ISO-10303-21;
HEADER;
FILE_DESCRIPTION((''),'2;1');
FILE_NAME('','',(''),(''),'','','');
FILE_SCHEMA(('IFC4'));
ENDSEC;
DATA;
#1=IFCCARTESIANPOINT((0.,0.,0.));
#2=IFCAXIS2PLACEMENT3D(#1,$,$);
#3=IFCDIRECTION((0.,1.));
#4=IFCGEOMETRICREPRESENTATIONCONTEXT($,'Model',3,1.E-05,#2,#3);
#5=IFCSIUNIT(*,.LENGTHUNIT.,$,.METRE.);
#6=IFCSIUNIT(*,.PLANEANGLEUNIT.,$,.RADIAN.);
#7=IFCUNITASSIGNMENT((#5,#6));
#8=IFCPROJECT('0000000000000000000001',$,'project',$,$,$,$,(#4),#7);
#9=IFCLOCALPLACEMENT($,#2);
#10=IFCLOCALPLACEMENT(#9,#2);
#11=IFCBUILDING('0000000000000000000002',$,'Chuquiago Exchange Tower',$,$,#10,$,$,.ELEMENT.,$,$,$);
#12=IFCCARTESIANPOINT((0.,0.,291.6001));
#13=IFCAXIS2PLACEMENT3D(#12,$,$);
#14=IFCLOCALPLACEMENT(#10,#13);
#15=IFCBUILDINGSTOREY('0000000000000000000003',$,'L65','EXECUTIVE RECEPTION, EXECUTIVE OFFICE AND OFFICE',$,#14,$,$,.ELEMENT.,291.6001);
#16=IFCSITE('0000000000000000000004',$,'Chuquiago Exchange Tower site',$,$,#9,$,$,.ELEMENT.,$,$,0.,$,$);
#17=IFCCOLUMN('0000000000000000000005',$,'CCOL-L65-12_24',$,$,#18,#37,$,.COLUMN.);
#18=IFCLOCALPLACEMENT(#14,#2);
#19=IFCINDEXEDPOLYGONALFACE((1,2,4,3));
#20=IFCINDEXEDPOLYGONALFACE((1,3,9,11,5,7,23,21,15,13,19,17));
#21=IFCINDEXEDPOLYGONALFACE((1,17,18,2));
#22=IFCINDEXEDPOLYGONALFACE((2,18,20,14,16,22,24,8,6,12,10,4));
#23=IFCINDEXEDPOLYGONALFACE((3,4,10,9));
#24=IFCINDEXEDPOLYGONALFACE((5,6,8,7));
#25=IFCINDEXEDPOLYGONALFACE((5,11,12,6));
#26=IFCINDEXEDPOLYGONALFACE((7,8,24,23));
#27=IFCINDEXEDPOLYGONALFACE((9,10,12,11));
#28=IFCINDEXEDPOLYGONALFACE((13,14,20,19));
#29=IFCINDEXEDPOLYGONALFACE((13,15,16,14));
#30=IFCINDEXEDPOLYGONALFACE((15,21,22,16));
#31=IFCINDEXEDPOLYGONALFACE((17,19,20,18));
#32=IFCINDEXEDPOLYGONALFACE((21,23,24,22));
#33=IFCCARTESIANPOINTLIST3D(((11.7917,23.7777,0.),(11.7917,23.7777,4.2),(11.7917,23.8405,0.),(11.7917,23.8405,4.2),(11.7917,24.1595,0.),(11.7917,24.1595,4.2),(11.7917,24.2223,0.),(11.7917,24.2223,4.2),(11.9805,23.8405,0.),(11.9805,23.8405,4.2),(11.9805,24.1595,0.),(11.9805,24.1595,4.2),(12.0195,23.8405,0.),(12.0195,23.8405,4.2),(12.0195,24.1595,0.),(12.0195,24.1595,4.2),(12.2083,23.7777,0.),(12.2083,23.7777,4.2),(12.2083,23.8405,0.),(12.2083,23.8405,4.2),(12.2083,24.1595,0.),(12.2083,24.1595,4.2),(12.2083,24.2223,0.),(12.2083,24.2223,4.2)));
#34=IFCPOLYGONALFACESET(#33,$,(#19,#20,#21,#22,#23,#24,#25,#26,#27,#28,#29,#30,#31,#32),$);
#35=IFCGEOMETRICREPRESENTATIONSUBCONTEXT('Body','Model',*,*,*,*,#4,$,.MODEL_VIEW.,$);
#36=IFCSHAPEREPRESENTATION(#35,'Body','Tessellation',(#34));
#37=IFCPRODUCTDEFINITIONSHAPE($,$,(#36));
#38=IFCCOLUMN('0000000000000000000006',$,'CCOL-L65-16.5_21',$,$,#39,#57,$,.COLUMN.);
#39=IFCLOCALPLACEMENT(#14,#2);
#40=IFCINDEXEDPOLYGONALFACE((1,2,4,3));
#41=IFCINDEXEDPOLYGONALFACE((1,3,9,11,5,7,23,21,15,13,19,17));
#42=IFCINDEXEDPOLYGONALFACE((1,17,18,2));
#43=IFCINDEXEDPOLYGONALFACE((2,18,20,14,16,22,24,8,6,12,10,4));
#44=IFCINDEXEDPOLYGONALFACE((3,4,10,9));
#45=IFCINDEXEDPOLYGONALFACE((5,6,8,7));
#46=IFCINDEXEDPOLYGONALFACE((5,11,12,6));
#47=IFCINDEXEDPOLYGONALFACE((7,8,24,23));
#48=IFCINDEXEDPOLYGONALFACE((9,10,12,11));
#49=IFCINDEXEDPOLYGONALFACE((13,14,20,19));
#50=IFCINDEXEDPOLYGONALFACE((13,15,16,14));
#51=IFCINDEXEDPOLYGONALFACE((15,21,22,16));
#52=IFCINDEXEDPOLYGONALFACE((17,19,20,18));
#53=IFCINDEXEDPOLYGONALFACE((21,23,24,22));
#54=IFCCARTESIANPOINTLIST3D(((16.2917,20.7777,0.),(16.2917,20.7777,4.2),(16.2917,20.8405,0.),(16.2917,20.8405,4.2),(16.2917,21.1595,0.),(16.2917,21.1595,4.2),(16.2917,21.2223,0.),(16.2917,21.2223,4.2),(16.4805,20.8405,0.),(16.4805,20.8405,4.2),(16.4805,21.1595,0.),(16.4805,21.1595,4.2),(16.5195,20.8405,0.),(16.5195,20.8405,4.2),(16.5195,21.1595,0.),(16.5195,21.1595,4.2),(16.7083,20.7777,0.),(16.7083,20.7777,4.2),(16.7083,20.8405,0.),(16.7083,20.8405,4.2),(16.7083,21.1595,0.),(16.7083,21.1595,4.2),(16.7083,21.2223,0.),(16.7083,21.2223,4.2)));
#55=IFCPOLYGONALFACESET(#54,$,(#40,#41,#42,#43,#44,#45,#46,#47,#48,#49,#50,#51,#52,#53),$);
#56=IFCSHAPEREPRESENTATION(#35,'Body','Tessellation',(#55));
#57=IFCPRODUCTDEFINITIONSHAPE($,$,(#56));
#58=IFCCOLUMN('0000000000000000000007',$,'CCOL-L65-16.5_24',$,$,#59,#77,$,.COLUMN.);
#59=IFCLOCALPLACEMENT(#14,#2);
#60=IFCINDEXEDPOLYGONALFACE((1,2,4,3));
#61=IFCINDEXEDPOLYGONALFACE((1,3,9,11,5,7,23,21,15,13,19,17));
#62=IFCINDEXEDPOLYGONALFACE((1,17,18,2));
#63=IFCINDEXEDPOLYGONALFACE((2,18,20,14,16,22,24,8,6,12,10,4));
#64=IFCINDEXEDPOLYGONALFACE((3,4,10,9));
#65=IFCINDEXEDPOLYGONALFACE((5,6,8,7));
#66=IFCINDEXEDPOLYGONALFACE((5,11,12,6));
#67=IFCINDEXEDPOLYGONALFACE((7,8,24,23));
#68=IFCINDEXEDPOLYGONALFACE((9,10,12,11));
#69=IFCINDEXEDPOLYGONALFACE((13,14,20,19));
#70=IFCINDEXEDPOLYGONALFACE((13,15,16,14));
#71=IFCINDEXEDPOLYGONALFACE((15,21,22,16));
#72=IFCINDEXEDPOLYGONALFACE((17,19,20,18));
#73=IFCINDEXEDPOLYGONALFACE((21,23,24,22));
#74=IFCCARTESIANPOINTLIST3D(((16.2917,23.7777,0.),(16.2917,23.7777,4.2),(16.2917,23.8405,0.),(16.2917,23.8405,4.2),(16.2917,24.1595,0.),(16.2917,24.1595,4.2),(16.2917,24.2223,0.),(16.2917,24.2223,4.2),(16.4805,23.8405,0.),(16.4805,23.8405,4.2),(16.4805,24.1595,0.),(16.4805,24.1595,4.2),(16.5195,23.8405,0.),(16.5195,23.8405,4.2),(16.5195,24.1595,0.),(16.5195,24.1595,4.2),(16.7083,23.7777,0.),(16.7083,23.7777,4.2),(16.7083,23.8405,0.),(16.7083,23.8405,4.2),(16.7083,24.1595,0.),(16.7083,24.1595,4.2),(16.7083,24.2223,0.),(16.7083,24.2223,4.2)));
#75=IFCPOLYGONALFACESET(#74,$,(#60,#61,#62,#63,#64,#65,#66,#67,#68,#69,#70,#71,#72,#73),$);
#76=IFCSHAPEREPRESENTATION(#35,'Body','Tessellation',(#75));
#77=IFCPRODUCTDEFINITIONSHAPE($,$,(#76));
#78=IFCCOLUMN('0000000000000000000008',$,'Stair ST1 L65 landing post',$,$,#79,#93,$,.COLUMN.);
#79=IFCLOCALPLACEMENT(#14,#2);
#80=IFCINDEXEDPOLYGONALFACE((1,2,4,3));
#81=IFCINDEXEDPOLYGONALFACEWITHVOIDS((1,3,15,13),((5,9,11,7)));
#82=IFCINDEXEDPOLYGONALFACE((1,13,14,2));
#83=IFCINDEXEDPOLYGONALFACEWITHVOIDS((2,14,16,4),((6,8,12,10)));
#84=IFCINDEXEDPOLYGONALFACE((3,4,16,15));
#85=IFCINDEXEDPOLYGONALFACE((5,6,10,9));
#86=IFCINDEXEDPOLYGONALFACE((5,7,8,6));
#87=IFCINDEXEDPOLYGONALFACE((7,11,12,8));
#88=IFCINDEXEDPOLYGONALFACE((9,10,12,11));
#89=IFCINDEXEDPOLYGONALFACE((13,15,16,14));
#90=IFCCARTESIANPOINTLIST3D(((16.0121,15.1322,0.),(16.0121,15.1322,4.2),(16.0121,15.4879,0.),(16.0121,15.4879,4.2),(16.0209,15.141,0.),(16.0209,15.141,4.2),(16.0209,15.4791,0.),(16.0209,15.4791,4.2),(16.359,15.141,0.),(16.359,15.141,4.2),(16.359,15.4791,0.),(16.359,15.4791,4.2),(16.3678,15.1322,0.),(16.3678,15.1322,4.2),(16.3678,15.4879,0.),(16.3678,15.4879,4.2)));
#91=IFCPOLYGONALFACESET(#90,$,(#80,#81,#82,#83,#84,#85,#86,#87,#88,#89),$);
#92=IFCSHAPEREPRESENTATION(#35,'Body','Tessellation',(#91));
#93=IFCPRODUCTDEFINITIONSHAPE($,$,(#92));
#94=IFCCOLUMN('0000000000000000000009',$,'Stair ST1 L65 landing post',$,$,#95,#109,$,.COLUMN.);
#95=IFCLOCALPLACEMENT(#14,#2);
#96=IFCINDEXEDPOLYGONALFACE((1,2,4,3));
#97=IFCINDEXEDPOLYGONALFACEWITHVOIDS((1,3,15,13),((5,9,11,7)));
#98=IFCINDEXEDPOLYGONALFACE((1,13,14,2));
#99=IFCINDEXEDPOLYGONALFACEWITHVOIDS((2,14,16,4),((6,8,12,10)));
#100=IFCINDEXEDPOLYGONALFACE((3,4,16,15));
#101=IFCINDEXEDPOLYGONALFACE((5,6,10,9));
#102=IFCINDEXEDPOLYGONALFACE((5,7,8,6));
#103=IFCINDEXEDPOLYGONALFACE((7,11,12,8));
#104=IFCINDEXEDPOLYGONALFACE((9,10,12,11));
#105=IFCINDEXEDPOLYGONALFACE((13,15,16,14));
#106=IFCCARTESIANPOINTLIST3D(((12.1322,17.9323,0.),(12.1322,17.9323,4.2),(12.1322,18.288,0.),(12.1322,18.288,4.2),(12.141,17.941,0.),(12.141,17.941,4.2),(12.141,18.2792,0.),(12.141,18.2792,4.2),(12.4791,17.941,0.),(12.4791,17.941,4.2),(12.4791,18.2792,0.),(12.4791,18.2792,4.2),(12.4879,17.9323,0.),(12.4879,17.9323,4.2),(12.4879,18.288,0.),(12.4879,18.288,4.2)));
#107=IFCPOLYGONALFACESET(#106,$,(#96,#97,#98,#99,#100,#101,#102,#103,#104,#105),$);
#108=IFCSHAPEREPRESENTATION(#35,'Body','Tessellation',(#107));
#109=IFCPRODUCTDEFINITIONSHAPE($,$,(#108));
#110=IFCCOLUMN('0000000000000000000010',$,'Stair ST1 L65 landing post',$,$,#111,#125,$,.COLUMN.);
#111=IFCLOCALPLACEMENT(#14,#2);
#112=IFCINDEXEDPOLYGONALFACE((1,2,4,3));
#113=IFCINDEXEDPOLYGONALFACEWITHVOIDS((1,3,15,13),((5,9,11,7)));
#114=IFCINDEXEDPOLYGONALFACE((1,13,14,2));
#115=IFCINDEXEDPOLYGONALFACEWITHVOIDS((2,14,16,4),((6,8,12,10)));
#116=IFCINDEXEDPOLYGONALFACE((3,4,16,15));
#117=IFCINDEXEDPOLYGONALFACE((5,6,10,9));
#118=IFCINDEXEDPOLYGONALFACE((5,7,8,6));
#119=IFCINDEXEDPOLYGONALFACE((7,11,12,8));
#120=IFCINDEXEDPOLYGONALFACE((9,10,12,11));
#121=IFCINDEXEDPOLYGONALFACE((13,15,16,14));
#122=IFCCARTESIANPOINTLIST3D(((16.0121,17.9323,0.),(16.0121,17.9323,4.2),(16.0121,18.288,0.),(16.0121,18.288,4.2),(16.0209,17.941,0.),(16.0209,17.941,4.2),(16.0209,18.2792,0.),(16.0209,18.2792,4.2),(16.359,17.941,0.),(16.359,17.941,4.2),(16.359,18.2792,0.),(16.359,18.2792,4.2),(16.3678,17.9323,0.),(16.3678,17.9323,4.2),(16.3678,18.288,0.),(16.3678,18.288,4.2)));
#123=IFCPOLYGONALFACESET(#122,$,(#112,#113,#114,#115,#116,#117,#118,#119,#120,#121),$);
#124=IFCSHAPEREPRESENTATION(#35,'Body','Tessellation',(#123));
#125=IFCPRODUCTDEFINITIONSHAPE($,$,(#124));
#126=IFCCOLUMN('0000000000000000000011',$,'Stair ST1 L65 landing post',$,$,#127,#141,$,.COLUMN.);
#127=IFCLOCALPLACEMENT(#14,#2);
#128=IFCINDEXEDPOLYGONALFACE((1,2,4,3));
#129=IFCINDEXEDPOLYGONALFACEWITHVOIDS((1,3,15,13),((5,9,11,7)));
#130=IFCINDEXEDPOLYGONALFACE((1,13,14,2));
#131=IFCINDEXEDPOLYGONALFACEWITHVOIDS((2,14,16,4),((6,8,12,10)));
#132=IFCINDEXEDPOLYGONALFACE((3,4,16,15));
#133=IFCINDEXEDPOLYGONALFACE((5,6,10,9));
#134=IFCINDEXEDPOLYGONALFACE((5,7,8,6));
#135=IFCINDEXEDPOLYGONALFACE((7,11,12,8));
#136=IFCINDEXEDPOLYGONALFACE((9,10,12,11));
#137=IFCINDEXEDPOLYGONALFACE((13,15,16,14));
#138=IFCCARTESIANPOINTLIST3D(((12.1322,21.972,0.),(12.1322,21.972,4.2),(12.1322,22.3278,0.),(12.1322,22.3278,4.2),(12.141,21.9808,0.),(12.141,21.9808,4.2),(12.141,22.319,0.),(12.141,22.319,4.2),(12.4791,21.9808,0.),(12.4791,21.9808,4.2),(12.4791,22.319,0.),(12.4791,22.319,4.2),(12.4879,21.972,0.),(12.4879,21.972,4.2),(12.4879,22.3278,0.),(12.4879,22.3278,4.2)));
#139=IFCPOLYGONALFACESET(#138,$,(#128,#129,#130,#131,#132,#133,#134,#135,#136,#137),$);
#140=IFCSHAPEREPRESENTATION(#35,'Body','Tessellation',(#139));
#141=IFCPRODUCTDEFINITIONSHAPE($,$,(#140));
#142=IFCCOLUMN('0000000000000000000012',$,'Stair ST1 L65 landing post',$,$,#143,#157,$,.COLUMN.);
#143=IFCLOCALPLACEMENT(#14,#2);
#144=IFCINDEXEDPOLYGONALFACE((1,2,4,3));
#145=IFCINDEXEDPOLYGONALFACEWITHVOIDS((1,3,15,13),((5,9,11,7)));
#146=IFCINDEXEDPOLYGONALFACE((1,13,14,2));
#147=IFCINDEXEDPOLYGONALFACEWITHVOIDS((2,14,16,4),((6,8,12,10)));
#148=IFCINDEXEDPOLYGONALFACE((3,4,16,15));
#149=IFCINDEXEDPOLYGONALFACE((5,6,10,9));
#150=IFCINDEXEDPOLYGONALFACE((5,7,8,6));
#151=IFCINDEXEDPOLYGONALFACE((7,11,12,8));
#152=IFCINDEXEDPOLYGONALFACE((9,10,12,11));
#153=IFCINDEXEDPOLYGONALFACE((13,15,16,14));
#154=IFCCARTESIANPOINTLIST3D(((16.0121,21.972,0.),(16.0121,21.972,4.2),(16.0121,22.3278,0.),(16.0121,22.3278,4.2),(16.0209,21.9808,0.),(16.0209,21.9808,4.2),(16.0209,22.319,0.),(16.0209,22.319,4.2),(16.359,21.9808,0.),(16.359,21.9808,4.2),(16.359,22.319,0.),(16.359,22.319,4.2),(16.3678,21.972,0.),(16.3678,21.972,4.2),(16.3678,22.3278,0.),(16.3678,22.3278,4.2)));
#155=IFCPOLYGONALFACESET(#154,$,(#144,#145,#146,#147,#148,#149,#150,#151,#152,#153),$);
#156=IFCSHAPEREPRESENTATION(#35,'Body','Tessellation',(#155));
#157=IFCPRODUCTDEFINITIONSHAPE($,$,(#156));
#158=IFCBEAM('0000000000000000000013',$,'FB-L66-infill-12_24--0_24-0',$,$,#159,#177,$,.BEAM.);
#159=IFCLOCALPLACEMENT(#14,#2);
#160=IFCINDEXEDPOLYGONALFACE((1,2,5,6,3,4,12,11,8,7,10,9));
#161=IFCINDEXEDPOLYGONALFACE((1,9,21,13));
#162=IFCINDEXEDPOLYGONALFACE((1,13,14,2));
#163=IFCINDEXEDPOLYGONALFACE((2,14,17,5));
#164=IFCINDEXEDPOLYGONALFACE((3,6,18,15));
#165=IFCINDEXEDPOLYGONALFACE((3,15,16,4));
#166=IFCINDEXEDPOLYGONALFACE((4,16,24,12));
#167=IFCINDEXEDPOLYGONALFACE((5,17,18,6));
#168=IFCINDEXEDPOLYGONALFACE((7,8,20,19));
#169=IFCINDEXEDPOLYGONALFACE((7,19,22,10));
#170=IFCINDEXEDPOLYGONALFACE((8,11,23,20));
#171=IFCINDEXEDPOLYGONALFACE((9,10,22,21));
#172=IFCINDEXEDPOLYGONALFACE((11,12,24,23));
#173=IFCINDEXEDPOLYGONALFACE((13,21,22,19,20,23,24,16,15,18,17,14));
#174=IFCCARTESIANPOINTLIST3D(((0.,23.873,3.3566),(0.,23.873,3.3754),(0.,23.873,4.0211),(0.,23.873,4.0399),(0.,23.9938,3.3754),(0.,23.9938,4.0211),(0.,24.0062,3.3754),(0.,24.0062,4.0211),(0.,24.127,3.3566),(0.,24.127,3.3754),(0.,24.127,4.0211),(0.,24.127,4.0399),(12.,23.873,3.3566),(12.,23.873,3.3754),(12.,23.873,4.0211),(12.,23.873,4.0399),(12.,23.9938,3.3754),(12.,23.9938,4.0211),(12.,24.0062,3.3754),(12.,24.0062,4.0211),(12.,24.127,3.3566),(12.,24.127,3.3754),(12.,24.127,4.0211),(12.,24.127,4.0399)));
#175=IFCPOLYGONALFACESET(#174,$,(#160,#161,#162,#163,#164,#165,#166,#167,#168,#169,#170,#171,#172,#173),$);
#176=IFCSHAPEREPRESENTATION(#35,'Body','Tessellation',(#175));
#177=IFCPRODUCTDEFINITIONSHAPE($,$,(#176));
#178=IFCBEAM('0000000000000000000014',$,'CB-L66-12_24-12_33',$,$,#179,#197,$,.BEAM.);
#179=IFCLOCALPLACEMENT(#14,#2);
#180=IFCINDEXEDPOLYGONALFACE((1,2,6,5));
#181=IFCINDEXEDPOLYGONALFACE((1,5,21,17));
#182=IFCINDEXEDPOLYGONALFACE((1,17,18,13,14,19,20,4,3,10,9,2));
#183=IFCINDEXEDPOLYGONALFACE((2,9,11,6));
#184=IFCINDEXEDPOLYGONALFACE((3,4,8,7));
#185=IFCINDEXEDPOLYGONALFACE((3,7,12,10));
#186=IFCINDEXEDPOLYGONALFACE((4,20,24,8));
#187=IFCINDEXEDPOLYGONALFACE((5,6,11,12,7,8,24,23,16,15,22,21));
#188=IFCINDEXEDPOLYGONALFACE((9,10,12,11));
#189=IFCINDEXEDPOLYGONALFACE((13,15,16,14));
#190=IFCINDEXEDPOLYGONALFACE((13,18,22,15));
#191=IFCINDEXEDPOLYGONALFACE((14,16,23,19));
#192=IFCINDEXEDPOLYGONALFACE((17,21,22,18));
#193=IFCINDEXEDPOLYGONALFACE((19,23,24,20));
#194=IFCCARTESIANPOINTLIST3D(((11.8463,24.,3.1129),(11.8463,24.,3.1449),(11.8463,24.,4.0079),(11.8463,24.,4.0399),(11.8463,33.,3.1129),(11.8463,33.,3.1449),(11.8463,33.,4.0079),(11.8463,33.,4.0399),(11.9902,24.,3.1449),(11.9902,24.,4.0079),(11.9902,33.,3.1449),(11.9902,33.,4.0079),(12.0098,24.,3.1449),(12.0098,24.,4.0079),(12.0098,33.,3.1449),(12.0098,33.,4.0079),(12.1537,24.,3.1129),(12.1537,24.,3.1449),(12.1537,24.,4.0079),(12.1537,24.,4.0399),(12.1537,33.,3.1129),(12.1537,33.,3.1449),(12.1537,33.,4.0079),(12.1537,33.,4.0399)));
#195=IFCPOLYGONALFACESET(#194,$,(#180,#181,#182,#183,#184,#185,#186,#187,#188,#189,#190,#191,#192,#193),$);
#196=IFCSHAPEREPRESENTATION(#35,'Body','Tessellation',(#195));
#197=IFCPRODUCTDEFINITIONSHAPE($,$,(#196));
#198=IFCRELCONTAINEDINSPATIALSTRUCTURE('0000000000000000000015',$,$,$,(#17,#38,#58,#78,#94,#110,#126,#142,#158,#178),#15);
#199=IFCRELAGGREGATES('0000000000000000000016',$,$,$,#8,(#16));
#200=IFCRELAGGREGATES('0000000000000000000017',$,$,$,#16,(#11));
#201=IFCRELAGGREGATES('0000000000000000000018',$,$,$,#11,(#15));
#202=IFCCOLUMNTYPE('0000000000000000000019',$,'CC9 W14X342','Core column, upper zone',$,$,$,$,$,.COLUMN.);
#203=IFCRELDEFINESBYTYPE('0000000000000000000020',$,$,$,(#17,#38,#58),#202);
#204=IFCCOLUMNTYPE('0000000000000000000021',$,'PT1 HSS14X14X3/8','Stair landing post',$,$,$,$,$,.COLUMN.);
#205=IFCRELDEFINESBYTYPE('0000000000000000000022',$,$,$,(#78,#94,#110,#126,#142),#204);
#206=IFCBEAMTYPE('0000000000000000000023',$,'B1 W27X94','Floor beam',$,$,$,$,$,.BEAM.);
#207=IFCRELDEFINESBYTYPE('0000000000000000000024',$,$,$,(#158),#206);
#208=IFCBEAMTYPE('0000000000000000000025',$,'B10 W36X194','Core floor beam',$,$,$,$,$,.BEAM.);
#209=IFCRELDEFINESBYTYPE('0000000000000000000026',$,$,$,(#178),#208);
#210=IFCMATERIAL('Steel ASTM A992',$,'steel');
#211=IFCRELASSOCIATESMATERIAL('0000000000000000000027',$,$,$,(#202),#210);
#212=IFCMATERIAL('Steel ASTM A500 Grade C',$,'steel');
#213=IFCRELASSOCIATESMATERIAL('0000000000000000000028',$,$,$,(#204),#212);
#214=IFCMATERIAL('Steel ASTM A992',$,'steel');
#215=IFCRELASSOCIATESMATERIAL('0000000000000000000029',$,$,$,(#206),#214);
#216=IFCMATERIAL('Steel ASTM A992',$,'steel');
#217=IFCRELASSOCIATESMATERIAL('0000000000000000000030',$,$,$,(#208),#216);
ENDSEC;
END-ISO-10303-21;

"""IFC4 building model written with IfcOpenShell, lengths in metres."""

from ifc_helpers import new_model, si_unit, direction, frame, origin, origin_2d, place, context, subcontext, project, spatial, hollow_rectangle, i_section, extrude, material, material_profile, profile_set, type_object, element, save


model = new_model("IFC4")

# Units and contexts
model_context = context("Model", 3, precision=1e-05, world=origin(), true_north=direction((0.0, 1.0)))
body_context = subcontext(model_context, "Body", "Model", "MODEL_VIEW")
ifc_project = project(units=[si_unit("LENGTHUNIT", "METRE"), si_unit("PLANEANGLEUNIT", "RADIAN")], contexts=[model_context])

# Site, building, storey
site_placement = place(None, origin())
site = spatial("IfcSite", under=ifc_project, at=site_placement, Name="Chuquiago Exchange Tower site", CompositionType="ELEMENT", RefElevation=0.0)
building_placement = place(site_placement, origin())
building = spatial("IfcBuilding", under=site, at=building_placement, Name="Chuquiago Exchange Tower", CompositionType="ELEMENT")
storey_placement = place(building_placement, frame((0.0, 0.0, 291.6001)))
storey = spatial("IfcBuildingStorey", under=building, at=storey_placement, Name="L65", Description="EXECUTIVE RECEPTION, EXECUTIVE OFFICE AND OFFICE", CompositionType="ELEMENT", Elevation=291.6001)

# Columns
ifc_material_1 = material(Name="Steel ASTM A992", Category="steel")
ifc_material_profile_1 = material_profile(ifc_material_1, i_section(OverallWidth=0.4165, OverallDepth=0.4446, WebThickness=0.0391, FlangeThickness=0.0627, at=origin_2d()), Name="W14X342")
ifc_profile_set_1 = profile_set([ifc_material_profile_1], Name="Steel ASTM A992")
column_type_1 = type_object("IfcColumnType", Name="CC9 W14X342", Description="Core column, upper zone", PredefinedType="COLUMN", material=ifc_profile_set_1)
for number, where, z_axis, x_axis, name in (
    (1, (12.0, 24.0, 0.0), (0.0, 0.0, 1.0), (1.0, 0.0, 0.0), "CCOL-L65-12_24"),
    (2, (16.5, 21.0, 0.0), (0.0, 0.0, 1.0), (1.0, 0.0, 0.0), "CCOL-L65-16.5_21"),
    (3, (16.5, 24.0, 0.0), (0.0, 0.0, 1.0), (1.0, 0.0, 0.0), "CCOL-L65-16.5_24"),
):
    element("IfcColumn", number, at=place(storey_placement, frame(where, z_axis=z_axis, x_axis=x_axis)), inside=storey, type_object=column_type_1, Name=name, PredefinedType="COLUMN", context=body_context, shape_type="SweptSolid", body=[
        extrude(i_section(OverallWidth=0.4165, OverallDepth=0.4446, WebThickness=0.0391, FlangeThickness=0.0627, at=origin_2d()), origin(), (0.0, 0.0, 1.0), 4.2),
    ])
ifc_material_2 = material(Name="Steel ASTM A500 Grade C", Category="steel")
ifc_material_profile_2 = material_profile(ifc_material_2, hollow_rectangle(XDim=0.3557, YDim=0.3557, WallThickness=0.0088, at=origin_2d()), Name="HSS14X14X3/8")
ifc_profile_set_2 = profile_set([ifc_material_profile_2], Name="Steel ASTM A500 Grade C")
column_type_2 = type_object("IfcColumnType", Name="PT1 HSS14X14X3/8", Description="Stair landing post", PredefinedType="COLUMN", material=ifc_profile_set_2)
for number, where, z_axis, x_axis, name in (
    (4, (16.1899, 15.3101, 0.0), (0.0, 0.0, 1.0), (1.0, 0.0, 0.0), "Stair ST1 L65 landing post"),
    (5, (12.3101, 18.1101, 0.0), (0.0, 0.0, 1.0), (1.0, 0.0, 0.0), "Stair ST1 L65 landing post"),
    (6, (16.1899, 18.1101, 0.0), (0.0, 0.0, 1.0), (1.0, 0.0, 0.0), "Stair ST1 L65 landing post"),
    (7, (12.3101, 22.1499, 0.0), (0.0, 0.0, 1.0), (1.0, 0.0, 0.0), "Stair ST1 L65 landing post"),
    (8, (16.1899, 22.1499, 0.0), (0.0, 0.0, 1.0), (1.0, 0.0, 0.0), "Stair ST1 L65 landing post"),
):
    element("IfcColumn", number, at=place(storey_placement, frame(where, z_axis=z_axis, x_axis=x_axis)), inside=storey, type_object=column_type_2, Name=name, PredefinedType="COLUMN", context=body_context, shape_type="SweptSolid", body=[
        extrude(hollow_rectangle(XDim=0.3557, YDim=0.3557, WallThickness=0.0088, at=origin_2d()), origin(), (0.0, 0.0, 1.0), 4.2),
    ])

# Beams
ifc_material_3 = material(Name="Steel ASTM A992", Category="steel")
ifc_material_profile_3 = material_profile(ifc_material_3, i_section(OverallWidth=0.2539, OverallDepth=0.6833, WebThickness=0.0125, FlangeThickness=0.0188, at=origin_2d()), Name="W27X94")
ifc_profile_set_3 = profile_set([ifc_material_profile_3], Name="Steel ASTM A992")
beam_type_1 = type_object("IfcBeamType", Name="B1 W27X94", Description="Floor beam", PredefinedType="BEAM", material=ifc_profile_set_3)
beam_1_placement = place(storey_placement, frame((12.0, 24.0, 3.6982), z_axis=(-1.0, 0.0, 0.0), x_axis=(0.0, -1.0, 0.0)))
element("IfcBeam", 9, at=beam_1_placement, inside=storey, type_object=beam_type_1, Name="FB-L66-infill-12_24--0_24-0", PredefinedType="BEAM", context=body_context, shape_type="SweptSolid", body=[
    extrude(i_section(OverallWidth=0.2539, OverallDepth=0.6833, WebThickness=0.0125, FlangeThickness=0.0188, at=origin_2d()), origin(), (0.0, 0.0, 1.0), 12.0),
])
ifc_material_4 = material(Name="Steel ASTM A992", Category="steel")
ifc_material_profile_4 = material_profile(ifc_material_4, i_section(OverallWidth=0.3074, OverallDepth=0.927, WebThickness=0.0195, FlangeThickness=0.032, at=origin_2d()), Name="W36X194")
ifc_profile_set_4 = profile_set([ifc_material_profile_4], Name="Steel ASTM A992")
beam_type_2 = type_object("IfcBeamType", Name="B10 W36X194", Description="Core floor beam", PredefinedType="BEAM", material=ifc_profile_set_4)
for number, where, z_axis, x_axis, name in (
    (10, (12.0, 24.0, 3.5764), (0.0, 1.0, 0.0), (-1.0, 0.0, 0.0), "CB-L66-12_24-12_33"),
):
    element("IfcBeam", number, at=place(storey_placement, frame(where, z_axis=z_axis, x_axis=x_axis)), inside=storey, type_object=beam_type_2, Name=name, PredefinedType="BEAM", context=body_context, shape_type="SweptSolid", body=[
        extrude(i_section(OverallWidth=0.3074, OverallDepth=0.927, WebThickness=0.0195, FlangeThickness=0.032, at=origin_2d()), origin(), (0.0, 0.0, 1.0), 9.0),
    ])

save(model, "model.ifc")
